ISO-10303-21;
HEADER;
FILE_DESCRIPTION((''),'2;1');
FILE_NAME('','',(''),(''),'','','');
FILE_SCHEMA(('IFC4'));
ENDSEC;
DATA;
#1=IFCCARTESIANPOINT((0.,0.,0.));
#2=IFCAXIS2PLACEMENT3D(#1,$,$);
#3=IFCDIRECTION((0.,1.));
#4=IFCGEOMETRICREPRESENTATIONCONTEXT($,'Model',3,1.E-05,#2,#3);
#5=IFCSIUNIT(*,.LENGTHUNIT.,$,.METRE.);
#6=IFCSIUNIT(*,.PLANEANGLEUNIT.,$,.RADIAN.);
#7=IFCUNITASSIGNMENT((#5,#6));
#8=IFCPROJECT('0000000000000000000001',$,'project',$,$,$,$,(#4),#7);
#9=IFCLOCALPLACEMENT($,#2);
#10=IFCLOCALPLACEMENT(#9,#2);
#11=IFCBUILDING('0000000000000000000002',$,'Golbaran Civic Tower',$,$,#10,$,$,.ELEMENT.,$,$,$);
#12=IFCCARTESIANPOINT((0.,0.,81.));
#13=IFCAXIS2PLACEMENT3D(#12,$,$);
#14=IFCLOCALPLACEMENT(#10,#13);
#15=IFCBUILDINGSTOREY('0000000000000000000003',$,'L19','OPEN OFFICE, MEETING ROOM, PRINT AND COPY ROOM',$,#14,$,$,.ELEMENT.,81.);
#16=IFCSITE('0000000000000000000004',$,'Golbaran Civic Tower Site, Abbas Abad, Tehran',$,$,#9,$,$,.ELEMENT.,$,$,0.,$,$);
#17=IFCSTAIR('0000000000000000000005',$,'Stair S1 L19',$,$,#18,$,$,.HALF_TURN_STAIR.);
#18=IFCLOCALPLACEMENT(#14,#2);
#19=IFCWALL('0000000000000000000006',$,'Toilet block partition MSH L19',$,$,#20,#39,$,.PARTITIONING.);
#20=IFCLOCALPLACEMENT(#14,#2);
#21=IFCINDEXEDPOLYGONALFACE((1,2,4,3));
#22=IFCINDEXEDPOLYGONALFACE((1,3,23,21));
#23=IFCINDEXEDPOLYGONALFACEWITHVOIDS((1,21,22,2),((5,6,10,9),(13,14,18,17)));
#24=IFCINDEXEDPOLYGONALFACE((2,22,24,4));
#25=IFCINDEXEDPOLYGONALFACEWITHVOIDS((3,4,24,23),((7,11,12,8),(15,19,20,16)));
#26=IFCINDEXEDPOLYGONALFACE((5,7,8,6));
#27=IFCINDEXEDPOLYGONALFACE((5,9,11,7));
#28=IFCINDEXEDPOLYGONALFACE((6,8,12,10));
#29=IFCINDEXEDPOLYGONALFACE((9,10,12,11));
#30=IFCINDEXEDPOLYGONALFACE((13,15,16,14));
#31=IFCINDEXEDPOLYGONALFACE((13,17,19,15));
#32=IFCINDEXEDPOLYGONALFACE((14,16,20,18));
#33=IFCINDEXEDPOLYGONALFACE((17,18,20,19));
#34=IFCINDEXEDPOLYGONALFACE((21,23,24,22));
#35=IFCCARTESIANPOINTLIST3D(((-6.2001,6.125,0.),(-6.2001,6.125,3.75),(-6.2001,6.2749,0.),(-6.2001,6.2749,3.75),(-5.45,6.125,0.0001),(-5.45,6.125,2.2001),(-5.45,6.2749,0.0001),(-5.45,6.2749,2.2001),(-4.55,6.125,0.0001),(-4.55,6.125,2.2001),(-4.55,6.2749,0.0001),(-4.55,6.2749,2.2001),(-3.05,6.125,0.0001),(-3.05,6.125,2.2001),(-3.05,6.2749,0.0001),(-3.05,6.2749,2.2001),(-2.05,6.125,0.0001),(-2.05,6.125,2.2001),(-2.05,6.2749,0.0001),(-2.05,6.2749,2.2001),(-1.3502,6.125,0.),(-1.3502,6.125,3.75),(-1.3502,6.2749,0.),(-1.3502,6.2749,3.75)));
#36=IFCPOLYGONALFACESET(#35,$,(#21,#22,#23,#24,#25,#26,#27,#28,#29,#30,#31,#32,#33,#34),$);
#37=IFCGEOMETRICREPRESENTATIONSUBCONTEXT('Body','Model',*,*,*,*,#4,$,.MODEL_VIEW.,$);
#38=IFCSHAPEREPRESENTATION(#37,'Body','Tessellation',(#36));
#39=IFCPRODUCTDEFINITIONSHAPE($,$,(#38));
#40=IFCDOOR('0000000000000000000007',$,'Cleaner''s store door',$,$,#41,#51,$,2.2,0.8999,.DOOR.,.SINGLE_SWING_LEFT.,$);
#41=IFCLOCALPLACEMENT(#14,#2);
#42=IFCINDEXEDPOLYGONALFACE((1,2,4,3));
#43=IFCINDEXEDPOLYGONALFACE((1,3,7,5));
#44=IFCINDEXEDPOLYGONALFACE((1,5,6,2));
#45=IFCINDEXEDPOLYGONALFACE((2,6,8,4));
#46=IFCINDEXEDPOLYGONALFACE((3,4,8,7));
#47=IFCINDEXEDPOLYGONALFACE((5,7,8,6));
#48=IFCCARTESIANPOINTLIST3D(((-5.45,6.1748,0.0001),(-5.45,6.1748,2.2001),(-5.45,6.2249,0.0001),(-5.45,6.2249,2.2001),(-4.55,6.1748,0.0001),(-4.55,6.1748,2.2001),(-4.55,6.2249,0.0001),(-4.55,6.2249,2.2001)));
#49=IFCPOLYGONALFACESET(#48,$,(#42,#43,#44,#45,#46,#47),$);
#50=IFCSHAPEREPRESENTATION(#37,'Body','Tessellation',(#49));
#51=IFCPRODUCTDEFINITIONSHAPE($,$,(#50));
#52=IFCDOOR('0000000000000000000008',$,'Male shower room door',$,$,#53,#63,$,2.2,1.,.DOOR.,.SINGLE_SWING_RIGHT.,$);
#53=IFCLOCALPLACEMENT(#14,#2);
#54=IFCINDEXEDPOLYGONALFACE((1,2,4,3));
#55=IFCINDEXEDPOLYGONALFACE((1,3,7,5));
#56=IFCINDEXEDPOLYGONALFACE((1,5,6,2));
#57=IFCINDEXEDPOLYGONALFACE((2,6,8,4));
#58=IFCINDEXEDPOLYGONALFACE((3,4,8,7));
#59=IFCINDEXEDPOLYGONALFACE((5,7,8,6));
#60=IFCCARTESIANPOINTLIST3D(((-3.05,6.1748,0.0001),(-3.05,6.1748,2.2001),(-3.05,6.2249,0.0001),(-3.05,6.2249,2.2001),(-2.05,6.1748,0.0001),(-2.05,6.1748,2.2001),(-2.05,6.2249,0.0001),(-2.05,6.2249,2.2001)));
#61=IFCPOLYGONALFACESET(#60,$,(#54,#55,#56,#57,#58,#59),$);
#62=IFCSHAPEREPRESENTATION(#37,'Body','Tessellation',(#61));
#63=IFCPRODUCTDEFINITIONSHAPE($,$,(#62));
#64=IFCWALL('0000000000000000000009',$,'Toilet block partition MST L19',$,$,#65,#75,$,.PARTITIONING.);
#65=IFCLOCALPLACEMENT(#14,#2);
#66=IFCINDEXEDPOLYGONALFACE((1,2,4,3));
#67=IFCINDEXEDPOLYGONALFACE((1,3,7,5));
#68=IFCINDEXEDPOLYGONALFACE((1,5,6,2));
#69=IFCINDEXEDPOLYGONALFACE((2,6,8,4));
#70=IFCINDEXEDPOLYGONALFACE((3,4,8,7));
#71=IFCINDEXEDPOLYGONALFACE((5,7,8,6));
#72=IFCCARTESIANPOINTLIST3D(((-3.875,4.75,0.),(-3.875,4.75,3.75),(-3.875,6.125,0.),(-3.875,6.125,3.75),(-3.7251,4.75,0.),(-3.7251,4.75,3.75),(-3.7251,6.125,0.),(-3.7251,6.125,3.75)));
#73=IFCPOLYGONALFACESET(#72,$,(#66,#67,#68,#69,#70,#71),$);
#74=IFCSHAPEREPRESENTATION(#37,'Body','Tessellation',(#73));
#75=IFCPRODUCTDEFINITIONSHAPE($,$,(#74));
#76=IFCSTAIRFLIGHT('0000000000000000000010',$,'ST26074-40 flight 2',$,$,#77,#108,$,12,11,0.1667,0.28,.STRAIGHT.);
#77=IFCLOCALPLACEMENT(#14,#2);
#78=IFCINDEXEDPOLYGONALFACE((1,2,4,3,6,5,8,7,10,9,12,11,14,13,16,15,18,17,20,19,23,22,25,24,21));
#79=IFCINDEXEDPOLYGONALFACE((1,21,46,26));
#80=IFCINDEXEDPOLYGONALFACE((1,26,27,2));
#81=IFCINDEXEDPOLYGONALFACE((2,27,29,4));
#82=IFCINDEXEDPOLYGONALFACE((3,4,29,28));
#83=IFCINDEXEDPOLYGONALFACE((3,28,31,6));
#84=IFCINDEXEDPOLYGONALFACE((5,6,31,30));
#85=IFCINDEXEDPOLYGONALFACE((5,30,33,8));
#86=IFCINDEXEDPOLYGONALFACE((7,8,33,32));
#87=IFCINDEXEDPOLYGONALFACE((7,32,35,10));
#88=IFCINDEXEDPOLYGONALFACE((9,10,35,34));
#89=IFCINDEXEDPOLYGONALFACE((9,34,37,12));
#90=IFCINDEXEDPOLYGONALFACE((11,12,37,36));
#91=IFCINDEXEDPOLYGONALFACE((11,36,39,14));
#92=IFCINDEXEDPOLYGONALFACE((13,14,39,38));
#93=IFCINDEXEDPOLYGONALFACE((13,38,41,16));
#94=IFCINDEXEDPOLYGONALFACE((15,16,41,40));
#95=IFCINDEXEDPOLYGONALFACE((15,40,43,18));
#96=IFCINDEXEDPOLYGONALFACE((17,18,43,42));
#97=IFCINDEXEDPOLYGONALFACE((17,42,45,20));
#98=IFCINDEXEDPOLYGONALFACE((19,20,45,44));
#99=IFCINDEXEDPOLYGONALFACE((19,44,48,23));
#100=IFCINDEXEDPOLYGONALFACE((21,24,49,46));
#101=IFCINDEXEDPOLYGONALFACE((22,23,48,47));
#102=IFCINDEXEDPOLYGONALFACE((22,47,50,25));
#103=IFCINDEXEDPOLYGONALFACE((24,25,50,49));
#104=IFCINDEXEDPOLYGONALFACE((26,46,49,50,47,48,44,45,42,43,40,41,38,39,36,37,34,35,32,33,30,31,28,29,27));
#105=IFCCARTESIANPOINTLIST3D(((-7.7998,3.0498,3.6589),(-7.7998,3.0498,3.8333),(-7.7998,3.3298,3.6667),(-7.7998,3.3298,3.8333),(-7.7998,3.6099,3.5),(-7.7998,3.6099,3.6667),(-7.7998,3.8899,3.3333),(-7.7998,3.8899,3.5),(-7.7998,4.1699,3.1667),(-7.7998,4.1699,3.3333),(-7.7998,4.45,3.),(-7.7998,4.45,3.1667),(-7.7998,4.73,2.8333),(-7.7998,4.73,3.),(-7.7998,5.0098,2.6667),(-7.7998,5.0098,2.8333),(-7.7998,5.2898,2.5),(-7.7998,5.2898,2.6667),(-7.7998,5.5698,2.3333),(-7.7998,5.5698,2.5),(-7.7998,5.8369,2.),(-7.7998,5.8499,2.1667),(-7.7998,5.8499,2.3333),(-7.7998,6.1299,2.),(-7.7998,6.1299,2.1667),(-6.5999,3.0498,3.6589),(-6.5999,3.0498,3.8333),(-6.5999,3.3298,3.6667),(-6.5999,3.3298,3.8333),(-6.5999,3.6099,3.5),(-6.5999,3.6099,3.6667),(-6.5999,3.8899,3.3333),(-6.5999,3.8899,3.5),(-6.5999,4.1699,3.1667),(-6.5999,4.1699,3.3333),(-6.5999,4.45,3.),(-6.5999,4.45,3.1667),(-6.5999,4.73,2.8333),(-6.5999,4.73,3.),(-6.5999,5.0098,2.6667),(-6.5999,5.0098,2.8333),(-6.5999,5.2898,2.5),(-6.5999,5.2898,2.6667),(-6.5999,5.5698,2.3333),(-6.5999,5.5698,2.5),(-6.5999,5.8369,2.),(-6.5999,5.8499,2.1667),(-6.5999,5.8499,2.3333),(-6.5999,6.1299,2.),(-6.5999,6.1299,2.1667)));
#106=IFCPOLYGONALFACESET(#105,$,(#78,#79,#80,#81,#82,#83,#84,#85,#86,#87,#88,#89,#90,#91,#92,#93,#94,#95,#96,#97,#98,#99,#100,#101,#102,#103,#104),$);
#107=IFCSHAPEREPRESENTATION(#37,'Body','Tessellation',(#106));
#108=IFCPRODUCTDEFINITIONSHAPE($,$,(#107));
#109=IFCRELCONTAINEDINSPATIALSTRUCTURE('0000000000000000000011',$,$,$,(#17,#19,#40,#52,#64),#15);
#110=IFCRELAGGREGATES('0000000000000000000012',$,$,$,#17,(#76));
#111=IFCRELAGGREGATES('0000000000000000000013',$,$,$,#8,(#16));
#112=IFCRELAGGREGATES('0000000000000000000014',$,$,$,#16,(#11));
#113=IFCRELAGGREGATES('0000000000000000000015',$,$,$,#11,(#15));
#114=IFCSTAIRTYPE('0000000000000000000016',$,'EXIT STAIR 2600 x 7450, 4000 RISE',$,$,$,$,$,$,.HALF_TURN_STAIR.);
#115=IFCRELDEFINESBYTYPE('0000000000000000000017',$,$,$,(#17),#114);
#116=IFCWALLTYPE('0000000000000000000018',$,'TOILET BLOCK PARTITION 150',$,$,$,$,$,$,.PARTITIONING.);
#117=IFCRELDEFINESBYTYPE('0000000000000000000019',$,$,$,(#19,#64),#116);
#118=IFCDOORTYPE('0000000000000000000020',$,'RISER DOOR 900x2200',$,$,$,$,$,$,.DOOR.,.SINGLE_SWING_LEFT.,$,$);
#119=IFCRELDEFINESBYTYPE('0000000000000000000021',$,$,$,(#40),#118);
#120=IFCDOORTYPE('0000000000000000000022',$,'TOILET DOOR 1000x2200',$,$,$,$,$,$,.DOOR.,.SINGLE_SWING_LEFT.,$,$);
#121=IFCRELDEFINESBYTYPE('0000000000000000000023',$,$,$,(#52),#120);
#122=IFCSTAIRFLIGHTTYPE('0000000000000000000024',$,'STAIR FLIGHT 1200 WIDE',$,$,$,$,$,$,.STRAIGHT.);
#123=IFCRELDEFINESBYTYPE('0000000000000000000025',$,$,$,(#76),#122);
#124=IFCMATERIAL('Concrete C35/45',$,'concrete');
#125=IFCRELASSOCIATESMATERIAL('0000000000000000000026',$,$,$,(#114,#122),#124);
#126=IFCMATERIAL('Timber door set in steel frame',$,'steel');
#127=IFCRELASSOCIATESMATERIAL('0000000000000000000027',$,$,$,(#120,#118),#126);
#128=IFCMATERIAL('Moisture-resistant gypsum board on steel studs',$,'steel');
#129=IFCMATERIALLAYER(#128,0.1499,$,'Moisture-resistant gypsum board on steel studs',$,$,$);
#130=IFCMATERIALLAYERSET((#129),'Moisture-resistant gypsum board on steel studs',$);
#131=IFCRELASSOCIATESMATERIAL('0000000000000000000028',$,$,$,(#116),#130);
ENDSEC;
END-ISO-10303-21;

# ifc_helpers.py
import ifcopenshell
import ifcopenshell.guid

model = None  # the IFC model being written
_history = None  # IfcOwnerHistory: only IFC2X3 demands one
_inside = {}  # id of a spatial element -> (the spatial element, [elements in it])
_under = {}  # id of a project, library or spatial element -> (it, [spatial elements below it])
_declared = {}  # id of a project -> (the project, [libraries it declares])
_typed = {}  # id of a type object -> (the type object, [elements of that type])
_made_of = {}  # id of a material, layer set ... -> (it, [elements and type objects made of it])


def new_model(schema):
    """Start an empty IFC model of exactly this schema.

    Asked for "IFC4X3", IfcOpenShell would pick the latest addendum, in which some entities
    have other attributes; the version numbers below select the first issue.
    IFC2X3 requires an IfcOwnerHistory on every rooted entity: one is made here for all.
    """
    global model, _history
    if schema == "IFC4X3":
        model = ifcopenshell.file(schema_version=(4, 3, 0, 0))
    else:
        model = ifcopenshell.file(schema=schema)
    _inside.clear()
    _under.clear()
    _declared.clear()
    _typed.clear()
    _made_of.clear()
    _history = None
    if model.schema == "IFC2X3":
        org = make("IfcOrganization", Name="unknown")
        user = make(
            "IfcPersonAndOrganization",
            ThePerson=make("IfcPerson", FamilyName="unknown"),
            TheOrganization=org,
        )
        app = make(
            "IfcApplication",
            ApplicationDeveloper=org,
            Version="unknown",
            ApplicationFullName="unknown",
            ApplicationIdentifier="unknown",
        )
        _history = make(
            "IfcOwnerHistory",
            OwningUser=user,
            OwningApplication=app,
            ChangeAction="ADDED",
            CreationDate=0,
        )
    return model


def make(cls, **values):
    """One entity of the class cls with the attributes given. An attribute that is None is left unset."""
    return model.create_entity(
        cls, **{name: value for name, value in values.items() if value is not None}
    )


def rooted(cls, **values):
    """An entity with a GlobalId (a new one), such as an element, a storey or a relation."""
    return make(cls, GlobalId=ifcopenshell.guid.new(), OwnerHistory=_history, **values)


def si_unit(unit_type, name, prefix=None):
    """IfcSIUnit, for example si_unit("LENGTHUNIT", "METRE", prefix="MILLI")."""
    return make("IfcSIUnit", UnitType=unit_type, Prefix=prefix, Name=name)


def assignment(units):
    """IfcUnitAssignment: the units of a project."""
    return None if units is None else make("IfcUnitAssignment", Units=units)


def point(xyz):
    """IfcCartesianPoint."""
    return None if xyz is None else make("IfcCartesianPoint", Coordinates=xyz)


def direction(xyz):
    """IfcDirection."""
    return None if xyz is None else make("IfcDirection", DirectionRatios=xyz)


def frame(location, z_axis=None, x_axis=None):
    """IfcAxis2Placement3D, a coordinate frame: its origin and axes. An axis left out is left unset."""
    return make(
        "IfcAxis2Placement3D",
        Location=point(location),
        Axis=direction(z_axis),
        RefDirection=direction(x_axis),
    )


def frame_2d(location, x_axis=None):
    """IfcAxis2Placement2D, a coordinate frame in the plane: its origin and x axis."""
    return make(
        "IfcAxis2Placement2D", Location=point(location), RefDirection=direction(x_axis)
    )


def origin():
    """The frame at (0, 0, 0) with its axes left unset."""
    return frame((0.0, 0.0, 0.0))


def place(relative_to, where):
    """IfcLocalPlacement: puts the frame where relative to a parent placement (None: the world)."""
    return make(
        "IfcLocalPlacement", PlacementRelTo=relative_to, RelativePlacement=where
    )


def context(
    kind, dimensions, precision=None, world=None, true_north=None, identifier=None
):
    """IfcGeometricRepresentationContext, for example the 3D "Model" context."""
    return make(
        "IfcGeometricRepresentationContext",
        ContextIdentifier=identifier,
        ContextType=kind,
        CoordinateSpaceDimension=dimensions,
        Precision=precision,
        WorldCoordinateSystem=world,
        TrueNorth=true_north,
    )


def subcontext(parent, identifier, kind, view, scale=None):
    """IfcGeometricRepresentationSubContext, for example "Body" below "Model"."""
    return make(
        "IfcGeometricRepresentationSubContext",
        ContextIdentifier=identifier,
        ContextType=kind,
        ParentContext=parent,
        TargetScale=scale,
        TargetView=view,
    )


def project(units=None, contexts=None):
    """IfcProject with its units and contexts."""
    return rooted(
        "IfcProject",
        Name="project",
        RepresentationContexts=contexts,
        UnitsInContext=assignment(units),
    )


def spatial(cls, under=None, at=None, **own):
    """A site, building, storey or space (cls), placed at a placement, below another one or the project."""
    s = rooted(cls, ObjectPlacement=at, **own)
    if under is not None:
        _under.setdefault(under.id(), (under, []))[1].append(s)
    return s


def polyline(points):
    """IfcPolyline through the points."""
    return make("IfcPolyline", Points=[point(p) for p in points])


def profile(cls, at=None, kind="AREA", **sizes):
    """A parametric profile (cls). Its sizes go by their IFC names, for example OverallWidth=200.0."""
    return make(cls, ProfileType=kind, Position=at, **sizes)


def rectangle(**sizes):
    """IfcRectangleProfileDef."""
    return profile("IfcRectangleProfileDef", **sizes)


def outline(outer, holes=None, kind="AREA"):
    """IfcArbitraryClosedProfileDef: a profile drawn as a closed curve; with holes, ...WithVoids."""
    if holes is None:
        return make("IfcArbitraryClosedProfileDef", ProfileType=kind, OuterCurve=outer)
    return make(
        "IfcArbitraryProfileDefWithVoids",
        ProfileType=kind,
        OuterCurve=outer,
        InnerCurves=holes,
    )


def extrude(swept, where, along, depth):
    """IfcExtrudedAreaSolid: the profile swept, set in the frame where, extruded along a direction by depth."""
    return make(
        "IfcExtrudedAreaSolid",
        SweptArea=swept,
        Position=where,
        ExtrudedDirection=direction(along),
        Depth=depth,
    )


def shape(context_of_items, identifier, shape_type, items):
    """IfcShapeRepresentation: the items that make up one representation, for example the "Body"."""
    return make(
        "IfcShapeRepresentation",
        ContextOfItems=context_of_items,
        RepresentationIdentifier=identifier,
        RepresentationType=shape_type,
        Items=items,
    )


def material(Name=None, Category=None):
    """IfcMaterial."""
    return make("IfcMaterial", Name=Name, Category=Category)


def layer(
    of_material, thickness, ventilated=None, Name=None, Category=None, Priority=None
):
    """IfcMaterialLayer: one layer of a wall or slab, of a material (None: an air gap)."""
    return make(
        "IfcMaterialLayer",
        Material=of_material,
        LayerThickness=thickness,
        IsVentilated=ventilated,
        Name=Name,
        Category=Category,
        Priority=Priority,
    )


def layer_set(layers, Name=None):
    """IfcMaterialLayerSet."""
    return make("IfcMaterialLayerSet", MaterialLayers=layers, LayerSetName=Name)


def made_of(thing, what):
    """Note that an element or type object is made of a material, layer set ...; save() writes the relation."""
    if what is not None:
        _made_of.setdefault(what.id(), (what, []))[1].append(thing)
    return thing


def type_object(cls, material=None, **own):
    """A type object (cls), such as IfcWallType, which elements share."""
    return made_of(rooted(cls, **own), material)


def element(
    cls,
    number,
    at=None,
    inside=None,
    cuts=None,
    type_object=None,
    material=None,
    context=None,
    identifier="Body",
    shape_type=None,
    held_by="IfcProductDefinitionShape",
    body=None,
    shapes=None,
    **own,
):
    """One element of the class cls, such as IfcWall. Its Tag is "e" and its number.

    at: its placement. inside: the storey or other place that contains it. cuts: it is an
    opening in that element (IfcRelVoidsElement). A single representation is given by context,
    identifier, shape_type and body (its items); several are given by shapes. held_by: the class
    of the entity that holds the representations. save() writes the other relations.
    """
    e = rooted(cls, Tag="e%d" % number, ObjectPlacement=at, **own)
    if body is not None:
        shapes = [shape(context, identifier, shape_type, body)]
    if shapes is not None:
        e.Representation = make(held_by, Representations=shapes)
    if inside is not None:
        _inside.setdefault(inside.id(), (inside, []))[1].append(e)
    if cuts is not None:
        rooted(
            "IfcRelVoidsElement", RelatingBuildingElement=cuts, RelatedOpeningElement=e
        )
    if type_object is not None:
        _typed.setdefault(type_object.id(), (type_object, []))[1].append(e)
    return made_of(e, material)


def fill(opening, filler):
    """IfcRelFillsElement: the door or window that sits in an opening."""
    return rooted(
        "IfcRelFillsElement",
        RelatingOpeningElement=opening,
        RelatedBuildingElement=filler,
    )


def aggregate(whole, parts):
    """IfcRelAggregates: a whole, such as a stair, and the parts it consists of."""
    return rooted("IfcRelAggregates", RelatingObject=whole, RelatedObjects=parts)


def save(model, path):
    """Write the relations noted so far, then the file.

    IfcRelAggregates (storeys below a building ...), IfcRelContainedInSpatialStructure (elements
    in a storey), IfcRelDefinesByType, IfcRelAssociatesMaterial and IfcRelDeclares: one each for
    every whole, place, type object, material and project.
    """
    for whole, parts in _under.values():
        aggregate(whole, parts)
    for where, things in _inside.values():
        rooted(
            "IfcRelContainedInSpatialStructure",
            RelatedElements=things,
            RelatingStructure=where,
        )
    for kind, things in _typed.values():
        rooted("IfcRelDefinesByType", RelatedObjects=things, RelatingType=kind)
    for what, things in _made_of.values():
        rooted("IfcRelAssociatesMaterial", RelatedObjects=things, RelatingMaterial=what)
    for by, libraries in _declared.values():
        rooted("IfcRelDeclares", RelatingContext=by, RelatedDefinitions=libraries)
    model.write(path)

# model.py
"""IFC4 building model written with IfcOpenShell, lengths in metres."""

from ifc_helpers import new_model, si_unit, direction, frame, frame_2d, origin, place, context, subcontext, project, spatial, polyline, rectangle, outline, extrude, material, layer, layer_set, type_object, element, fill, aggregate, save


model = new_model("IFC4")

# Units and contexts
model_context = context("Model", 3, precision=1e-05, world=origin(), true_north=direction((0.0, 1.0)))
body_context = subcontext(model_context, "Body", "Model", "MODEL_VIEW")
ifc_project = project(units=[si_unit("LENGTHUNIT", "METRE"), si_unit("PLANEANGLEUNIT", "RADIAN")], contexts=[model_context])

# Site, building, storey
site_placement = place(None, origin())
site = spatial("IfcSite", under=ifc_project, at=site_placement, Name="Golbaran Civic Tower Site, Abbas Abad, Tehran", CompositionType="ELEMENT", RefElevation=0.0)
building_placement = place(site_placement, origin())
building = spatial("IfcBuilding", under=site, at=building_placement, Name="Golbaran Civic Tower", CompositionType="ELEMENT")
storey_placement = place(building_placement, frame((0.0, 0.0, 81.0)))
storey = spatial("IfcBuildingStorey", under=building, at=storey_placement, Name="L19", Description="OPEN OFFICE, MEETING ROOM, PRINT AND COPY ROOM", CompositionType="ELEMENT", Elevation=81.0)

# Shared definitions
ifc_material_1 = material(Name="Concrete C35/45", Category="concrete")

# Stair
stair_type = type_object("IfcStairType", Name="EXIT STAIR 2600 x 7450, 4000 RISE", PredefinedType="HALF_TURN_STAIR", material=ifc_material_1)
stair_placement = place(storey_placement, origin())
stair = element("IfcStair", 1, at=stair_placement, inside=storey, type_object=stair_type, Name="Stair S1 L19", PredefinedType="HALF_TURN_STAIR")

# Shared definitions
ifc_material_2 = material(Name="Timber door set in steel frame", Category="steel")

# Shared definitions
door_type_1 = type_object("IfcDoorType", Name="TOILET DOOR 1000x2200", OperationType="SINGLE_SWING_LEFT", PredefinedType="DOOR", material=ifc_material_2)

# Wall, openings, doors
ifc_material_3 = material(Name="Moisture-resistant gypsum board on steel studs", Category="steel")
ifc_layer_1 = layer(ifc_material_3, 0.1499, Name="Moisture-resistant gypsum board on steel studs")
ifc_layer_set_1 = layer_set([ifc_layer_1], Name="Moisture-resistant gypsum board on steel studs")
wall_type_1 = type_object("IfcWallType", Name="TOILET BLOCK PARTITION 150", PredefinedType="PARTITIONING", material=ifc_layer_set_1)
wall_1_placement = place(storey_placement, frame((-6.2, 6.2, 0.0), z_axis=(0.0, 0.0, 1.0), x_axis=(1.0, 0.0, 0.0)))
wall_1 = element("IfcWall", 2, at=wall_1_placement, inside=storey, type_object=wall_type_1, Name="Toilet block partition MSH L19", PredefinedType="PARTITIONING", context=body_context, shape_type="SweptSolid", body=[
    extrude(rectangle(XDim=4.8499, YDim=0.1499, at=frame_2d((2.4248, 0.0))), origin(), (0.0, 0.0, 1.0), 3.75),
])
opening_1_placement = place(wall_1_placement, frame((3.1499, 0.0, 0.0)))
opening_1 = element("IfcOpeningElement", 3, at=opening_1_placement, cuts=wall_1, PredefinedType="OPENING", context=body_context, shape_type="SweptSolid", body=[
    extrude(rectangle(XDim=1.0, YDim=2.2, at=frame_2d((0.5, 1.1001))), frame((0.0, 0.085, 0.0), z_axis=(0.0, -1.0, 0.0), x_axis=(1.0, 0.0, 0.0)), (0.0, 0.0, 1.0), 0.1699),
])
opening_2_placement = place(wall_1_placement, frame((0.75, 0.0, 0.0)))
opening_2 = element("IfcOpeningElement", 4, at=opening_2_placement, cuts=wall_1, PredefinedType="OPENING", context=body_context, shape_type="SweptSolid", body=[
    extrude(rectangle(XDim=0.8999, YDim=2.2, at=frame_2d((0.45, 1.1001))), frame((0.0, 0.085, 0.0), z_axis=(0.0, -1.0, 0.0), x_axis=(1.0, 0.0, 0.0)), (0.0, 0.0, 1.0), 0.1699),
])
door_type_2 = type_object("IfcDoorType", Name="RISER DOOR 900x2200", OperationType="SINGLE_SWING_LEFT", PredefinedType="DOOR", material=ifc_material_2)
door_1_placement = place(opening_2_placement, origin())
door_1 = element("IfcDoor", 5, at=door_1_placement, inside=storey, type_object=door_type_2, Name="Cleaner's store door", OperationType="SINGLE_SWING_LEFT", OverallHeight=2.2, OverallWidth=0.8999, PredefinedType="DOOR", context=body_context, shape_type="SweptSolid", body=[
    extrude(rectangle(XDim=0.8999, YDim=2.2, at=frame_2d((0.45, 1.1001))), frame((0.0, 0.0249, 0.0), z_axis=(0.0, -1.0, 0.0), x_axis=(1.0, 0.0, 0.0)), (0.0, 0.0, 1.0), 0.05),
])
fill(opening_2, door_1)
door_2_placement = place(opening_1_placement, origin())
door_2 = element("IfcDoor", 6, at=door_2_placement, inside=storey, type_object=door_type_1, Name="Male shower room door", OperationType="SINGLE_SWING_RIGHT", OverallHeight=2.2, OverallWidth=1.0, PredefinedType="DOOR", context=body_context, shape_type="SweptSolid", body=[
    extrude(rectangle(XDim=1.0, YDim=2.2, at=frame_2d((0.5, 1.1001))), frame((0.0, 0.0249, 0.0), z_axis=(0.0, -1.0, 0.0), x_axis=(1.0, 0.0, 0.0)), (0.0, 0.0, 1.0), 0.05),
])
fill(opening_1, door_2)

# Wall
wall_2_placement = place(storey_placement, frame((-3.8, 4.75, 0.0), z_axis=(0.0, 0.0, 1.0), x_axis=(0.0, 1.0, 0.0)))
element("IfcWall", 7, at=wall_2_placement, inside=storey, type_object=wall_type_1, Name="Toilet block partition MST L19", PredefinedType="PARTITIONING", context=body_context, shape_type="SweptSolid", body=[
    extrude(rectangle(XDim=1.375, YDim=0.1499, at=frame_2d((0.6875, 0.0))), origin(), (0.0, 0.0, 1.0), 3.75),
])

# Stair flight
stair_flight_type = type_object("IfcStairFlightType", Name="STAIR FLIGHT 1200 WIDE", PredefinedType="STRAIGHT", material=ifc_material_1)
stair_flight_placement = place(storey_placement, frame((-7.2, 6.1299, 2.0), z_axis=(0.0, 0.0, 1.0), x_axis=(0.0, -1.0, 0.0)))
stair_flight = element("IfcStairFlight", 8, at=stair_flight_placement, type_object=stair_flight_type, Name="ST26074-40 flight 2", NumberOfRisers=12, NumberOfTreads=11, PredefinedType="STRAIGHT", RiserHeight=0.1667, TreadLength=0.28, context=body_context, shape_type="SweptSolid", body=[
    extrude(outline(polyline([(0.0, 0.0), (0.0, 0.1667), (0.28, 0.1667), (0.28, 0.3333), (0.5601, 0.3333), (0.5601, 0.5), (0.8401, 0.5), (0.8401, 0.6667), (1.1201, 0.6667), (1.1201, 0.8333), (1.3999, 0.8333), (1.3999, 1.0), (1.6799, 1.0), (1.6799, 1.1667), (1.96, 1.1667), (1.96, 1.3333), (2.24, 1.3333), (2.24, 1.5), (2.52, 1.5), (2.52, 1.6667), (2.8, 1.6667), (2.8, 1.8333), (3.0801, 1.8333), (3.0801, 2.0), (3.0801, 1.6589), (0.293, 0.0), (0.0, 0.0)])), frame((0.0, 0.6001, 0.0), z_axis=(0.0, -1.0, 0.0), x_axis=(1.0, 0.0, 0.0)), (0.0, 0.0, 1.0), 1.2),
])
aggregate(stair, [stair_flight])

save(model, "model.ifc")
